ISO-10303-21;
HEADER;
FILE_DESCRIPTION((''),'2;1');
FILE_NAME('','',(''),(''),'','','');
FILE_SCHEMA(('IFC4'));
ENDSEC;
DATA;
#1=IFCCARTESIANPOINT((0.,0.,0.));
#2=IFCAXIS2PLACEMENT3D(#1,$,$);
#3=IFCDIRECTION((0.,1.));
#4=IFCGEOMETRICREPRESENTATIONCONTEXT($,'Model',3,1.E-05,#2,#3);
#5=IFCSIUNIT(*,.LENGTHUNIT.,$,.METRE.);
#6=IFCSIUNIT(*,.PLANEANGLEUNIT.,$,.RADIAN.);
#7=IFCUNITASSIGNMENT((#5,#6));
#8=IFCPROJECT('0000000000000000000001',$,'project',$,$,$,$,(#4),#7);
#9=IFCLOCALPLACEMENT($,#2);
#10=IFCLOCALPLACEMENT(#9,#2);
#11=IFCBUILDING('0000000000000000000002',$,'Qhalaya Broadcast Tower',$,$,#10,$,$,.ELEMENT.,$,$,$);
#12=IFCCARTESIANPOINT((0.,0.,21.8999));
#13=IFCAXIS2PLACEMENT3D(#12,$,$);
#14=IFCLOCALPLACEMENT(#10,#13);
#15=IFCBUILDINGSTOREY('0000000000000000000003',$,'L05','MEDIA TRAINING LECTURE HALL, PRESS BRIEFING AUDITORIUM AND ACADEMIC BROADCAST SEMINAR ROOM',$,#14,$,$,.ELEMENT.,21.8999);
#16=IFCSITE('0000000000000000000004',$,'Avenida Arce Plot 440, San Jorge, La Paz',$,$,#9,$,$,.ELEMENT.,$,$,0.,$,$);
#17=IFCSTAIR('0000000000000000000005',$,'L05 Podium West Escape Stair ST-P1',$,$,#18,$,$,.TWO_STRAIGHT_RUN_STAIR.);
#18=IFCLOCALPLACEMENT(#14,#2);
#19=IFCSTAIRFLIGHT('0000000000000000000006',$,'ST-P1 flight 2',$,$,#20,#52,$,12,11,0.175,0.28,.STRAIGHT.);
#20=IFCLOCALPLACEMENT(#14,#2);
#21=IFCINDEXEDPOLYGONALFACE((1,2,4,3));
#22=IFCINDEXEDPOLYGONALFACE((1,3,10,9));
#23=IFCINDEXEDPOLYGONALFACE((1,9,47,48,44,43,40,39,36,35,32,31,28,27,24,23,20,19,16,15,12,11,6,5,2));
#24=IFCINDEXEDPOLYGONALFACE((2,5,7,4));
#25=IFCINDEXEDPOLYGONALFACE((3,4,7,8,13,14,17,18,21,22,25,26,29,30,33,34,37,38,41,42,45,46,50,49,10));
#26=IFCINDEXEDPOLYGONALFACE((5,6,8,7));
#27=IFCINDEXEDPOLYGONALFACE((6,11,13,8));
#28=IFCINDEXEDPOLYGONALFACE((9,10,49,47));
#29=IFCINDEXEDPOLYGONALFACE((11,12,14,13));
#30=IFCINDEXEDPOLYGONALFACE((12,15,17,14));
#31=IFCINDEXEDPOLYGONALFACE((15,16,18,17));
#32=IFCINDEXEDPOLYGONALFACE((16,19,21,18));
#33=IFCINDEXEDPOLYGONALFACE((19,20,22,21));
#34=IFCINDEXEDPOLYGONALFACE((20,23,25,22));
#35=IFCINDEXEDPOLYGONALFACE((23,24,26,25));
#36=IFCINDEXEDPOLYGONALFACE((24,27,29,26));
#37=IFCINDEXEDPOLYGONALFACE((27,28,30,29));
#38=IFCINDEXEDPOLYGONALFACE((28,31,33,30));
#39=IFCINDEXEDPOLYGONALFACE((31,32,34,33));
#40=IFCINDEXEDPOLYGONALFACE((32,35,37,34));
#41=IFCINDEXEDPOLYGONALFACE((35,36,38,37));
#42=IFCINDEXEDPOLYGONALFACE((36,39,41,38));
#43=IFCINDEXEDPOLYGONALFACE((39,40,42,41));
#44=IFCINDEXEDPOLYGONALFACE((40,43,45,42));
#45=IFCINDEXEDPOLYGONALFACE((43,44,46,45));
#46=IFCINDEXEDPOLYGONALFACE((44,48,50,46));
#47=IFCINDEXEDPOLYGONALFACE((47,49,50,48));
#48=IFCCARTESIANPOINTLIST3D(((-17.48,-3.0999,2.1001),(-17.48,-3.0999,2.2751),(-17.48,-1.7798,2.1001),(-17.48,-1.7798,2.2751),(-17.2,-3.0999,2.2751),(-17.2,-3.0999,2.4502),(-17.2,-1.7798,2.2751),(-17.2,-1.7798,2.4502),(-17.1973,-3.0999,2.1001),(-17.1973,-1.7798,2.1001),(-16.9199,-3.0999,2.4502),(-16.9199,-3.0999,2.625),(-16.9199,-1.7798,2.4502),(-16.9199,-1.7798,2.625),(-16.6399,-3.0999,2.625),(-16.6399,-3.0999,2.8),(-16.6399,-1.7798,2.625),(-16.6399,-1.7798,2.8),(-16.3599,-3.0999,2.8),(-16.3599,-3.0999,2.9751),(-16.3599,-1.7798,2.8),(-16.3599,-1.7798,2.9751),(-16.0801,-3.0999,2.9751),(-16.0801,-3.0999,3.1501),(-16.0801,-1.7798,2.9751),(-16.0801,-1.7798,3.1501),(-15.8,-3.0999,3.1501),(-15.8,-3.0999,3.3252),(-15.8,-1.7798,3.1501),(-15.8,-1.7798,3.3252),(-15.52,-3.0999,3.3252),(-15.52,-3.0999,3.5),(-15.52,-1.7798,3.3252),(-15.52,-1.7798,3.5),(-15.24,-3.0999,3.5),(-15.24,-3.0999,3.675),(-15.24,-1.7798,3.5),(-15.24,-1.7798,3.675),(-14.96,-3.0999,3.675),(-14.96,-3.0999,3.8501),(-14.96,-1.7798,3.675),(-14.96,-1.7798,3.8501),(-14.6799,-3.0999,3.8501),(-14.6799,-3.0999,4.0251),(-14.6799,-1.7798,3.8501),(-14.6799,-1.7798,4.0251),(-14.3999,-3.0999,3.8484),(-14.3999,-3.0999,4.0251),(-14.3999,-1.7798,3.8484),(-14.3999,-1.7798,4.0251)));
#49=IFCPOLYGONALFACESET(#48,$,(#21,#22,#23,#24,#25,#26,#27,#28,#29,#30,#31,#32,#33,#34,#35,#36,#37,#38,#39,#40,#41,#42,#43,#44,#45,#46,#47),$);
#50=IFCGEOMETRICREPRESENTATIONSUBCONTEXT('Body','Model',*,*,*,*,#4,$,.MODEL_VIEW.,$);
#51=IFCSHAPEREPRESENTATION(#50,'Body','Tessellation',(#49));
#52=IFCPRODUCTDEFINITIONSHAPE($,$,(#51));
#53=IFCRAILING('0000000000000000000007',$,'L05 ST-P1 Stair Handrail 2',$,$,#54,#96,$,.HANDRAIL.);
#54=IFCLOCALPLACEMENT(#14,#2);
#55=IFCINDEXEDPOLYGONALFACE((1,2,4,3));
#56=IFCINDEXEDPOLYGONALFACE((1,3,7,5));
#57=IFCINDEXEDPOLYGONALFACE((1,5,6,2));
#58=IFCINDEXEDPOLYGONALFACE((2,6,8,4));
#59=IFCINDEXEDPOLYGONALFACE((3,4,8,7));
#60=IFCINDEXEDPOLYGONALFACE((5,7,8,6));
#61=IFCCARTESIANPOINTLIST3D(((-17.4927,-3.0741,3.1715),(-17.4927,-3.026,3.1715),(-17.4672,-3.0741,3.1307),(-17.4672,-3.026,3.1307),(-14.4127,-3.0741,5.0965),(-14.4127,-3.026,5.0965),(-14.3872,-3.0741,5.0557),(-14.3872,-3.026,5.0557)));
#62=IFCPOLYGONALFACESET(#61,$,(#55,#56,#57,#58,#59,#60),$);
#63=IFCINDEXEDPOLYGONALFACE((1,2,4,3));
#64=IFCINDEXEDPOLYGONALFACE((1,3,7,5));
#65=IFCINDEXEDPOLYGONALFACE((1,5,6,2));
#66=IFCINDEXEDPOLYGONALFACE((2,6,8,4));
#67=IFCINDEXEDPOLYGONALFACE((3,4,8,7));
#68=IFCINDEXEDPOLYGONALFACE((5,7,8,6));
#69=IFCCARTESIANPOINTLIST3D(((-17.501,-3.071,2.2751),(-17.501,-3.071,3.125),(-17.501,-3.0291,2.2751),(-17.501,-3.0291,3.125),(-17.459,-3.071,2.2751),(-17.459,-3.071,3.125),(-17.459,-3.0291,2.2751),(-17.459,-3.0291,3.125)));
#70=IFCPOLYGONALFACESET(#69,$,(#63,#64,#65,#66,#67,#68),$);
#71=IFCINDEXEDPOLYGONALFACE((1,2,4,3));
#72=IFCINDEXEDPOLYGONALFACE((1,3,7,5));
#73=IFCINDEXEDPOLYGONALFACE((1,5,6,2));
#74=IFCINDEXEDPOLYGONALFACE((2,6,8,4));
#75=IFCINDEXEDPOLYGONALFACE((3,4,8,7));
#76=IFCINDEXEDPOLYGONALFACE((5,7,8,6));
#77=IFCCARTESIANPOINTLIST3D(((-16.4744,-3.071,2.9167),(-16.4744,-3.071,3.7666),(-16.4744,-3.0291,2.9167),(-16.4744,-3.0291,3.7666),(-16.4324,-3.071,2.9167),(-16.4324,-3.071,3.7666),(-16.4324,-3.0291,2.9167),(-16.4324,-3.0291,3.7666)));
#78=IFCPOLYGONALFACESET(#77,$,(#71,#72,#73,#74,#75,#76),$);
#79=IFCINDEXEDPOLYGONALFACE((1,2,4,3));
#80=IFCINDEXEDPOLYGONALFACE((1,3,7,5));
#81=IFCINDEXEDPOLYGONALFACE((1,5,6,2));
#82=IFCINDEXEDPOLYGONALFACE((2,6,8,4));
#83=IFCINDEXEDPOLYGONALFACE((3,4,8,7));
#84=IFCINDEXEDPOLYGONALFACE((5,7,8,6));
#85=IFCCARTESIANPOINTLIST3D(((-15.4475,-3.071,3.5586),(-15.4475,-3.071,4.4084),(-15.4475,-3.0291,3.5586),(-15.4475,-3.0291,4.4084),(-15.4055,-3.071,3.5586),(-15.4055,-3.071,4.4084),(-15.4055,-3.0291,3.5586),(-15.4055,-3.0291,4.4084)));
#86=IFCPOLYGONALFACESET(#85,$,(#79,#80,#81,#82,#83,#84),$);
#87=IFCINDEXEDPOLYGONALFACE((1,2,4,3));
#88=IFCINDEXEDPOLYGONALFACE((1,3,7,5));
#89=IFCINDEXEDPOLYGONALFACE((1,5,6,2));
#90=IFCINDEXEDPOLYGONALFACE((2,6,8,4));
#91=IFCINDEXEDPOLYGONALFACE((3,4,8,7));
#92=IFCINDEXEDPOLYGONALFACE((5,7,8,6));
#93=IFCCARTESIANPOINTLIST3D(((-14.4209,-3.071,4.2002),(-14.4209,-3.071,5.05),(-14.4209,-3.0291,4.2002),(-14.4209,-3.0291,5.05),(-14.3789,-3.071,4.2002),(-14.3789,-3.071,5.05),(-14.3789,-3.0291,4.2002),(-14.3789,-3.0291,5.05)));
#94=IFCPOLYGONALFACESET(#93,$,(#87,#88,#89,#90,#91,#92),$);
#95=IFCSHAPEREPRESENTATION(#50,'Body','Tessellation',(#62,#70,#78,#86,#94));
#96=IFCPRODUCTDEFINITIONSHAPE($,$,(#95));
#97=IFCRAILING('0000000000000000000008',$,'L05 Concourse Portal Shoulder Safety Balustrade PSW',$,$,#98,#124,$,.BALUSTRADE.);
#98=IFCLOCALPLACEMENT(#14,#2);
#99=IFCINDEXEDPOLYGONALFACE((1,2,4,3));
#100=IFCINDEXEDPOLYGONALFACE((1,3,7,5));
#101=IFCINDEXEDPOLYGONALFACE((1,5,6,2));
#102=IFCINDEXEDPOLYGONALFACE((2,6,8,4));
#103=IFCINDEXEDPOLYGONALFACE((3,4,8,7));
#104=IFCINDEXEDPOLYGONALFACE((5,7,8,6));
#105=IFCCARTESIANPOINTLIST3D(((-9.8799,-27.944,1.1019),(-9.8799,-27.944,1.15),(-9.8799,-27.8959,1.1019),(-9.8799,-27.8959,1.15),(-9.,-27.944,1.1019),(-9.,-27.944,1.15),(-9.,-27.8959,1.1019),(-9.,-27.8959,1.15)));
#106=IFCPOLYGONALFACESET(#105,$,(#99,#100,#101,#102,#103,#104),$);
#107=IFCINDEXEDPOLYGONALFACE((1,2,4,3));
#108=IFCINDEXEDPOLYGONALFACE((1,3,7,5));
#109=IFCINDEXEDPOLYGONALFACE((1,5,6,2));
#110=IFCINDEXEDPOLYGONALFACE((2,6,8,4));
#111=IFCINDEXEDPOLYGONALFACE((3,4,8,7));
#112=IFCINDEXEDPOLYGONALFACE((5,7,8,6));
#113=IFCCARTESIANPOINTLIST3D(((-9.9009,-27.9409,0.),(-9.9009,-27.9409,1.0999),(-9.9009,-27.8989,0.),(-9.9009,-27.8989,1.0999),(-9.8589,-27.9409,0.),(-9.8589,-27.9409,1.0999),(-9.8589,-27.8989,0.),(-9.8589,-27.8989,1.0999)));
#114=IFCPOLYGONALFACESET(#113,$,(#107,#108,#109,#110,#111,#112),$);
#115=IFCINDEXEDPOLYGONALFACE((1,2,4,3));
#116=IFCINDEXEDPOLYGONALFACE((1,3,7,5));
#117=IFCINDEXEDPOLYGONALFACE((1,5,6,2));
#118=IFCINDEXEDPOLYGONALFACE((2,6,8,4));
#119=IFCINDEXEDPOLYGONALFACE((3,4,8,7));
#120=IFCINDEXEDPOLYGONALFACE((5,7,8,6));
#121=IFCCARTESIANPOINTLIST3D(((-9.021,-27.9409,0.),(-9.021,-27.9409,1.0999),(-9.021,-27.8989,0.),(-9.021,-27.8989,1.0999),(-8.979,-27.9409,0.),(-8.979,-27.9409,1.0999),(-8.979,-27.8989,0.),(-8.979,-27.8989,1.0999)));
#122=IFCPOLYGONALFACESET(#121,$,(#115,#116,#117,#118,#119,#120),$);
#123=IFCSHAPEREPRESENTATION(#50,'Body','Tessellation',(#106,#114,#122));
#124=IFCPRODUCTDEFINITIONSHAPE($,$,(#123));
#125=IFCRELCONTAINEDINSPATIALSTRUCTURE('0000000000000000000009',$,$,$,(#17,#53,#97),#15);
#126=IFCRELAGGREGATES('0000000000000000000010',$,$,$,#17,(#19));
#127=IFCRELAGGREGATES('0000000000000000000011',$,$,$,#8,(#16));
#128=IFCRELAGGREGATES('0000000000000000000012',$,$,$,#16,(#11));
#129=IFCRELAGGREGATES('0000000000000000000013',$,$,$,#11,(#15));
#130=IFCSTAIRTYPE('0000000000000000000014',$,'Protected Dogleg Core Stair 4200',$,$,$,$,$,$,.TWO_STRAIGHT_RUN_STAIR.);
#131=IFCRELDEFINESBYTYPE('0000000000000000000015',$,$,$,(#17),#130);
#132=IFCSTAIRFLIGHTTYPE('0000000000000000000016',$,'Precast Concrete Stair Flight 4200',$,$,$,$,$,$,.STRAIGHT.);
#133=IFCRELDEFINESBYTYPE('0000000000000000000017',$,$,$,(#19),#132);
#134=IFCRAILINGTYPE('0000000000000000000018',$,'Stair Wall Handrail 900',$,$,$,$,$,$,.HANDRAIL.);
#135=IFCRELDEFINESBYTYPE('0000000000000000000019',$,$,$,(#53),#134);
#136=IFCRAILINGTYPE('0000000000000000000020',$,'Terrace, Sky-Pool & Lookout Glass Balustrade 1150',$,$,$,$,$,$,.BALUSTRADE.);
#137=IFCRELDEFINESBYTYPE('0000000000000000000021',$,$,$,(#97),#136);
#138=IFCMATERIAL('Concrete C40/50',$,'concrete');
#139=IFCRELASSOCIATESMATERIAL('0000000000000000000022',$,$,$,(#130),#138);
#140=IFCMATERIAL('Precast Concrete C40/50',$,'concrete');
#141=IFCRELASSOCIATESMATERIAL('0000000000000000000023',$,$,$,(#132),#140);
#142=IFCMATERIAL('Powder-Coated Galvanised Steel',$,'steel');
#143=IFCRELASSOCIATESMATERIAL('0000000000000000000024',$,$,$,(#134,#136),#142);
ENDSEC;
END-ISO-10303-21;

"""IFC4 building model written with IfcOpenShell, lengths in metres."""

from ifc_helpers import new_model, si_unit, direction, frame, origin, origin_2d, place, context, subcontext, project, spatial, polyline, rectangle, outline, extrude, material, type_object, element, aggregate, save


model = new_model("IFC4")

# Units and contexts
model_context = context("Model", 3, precision=1e-05, world=origin(), true_north=direction((0.0, 1.0)))
body_context = subcontext(model_context, "Body", "Model", "MODEL_VIEW")
ifc_project = project(units=[si_unit("LENGTHUNIT", "METRE"), si_unit("PLANEANGLEUNIT", "RADIAN")], contexts=[model_context])

# Site, building, storey
site_placement = place(None, origin())
site = spatial("IfcSite", under=ifc_project, at=site_placement, Name="Avenida Arce Plot 440, San Jorge, La Paz", CompositionType="ELEMENT", RefElevation=0.0)
building_placement = place(site_placement, origin())
building = spatial("IfcBuilding", under=site, at=building_placement, Name="Qhalaya Broadcast Tower", CompositionType="ELEMENT")
storey_placement = place(building_placement, frame((0.0, 0.0, 21.8999)))
storey = spatial("IfcBuildingStorey", under=building, at=storey_placement, Name="L05", Description="MEDIA TRAINING LECTURE HALL, PRESS BRIEFING AUDITORIUM AND ACADEMIC BROADCAST SEMINAR ROOM", CompositionType="ELEMENT", Elevation=21.8999)

# Shared definitions
ifc_material_1 = material(Name="Precast Concrete C40/50", Category="concrete")

# Stair, stair flight
ifc_material_2 = material(Name="Concrete C40/50", Category="concrete")
stair_type = type_object("IfcStairType", Name="Protected Dogleg Core Stair 4200", PredefinedType="TWO_STRAIGHT_RUN_STAIR", material=ifc_material_2)
stair_placement = place(storey_placement, origin())
stair = element("IfcStair", 1, at=stair_placement, inside=storey, type_object=stair_type, Name="L05 Podium West Escape Stair ST-P1", PredefinedType="TWO_STRAIGHT_RUN_STAIR")
stair_flight_type = type_object("IfcStairFlightType", Name="Precast Concrete Stair Flight 4200", PredefinedType="STRAIGHT", material=ifc_material_1)
stair_flight_placement = place(storey_placement, frame((-17.48, -2.4399, 2.1001), z_axis=(0.0, 0.0, 1.0), x_axis=(1.0, 0.0, 0.0)))
stair_flight = element("IfcStairFlight", 2, at=stair_flight_placement, type_object=stair_flight_type, Name="ST-P1 flight 2", NumberOfRisers=12, NumberOfTreads=11, PredefinedType="STRAIGHT", RiserHeight=0.175, TreadLength=0.28, context=body_context, shape_type="SweptSolid", body=[
    extrude(outline(polyline([(0.0, 0.0), (0.0, 0.175), (0.28, 0.175), (0.28, 0.3501), (0.5601, 0.3501), (0.5601, 0.5249), (0.8401, 0.5249), (0.8401, 0.7), (1.1201, 0.7), (1.1201, 0.875), (1.3999, 0.875), (1.3999, 1.05), (1.6799, 1.05), (1.6799, 1.2251), (1.96, 1.2251), (1.96, 1.3999), (2.24, 1.3999), (2.24, 1.575), (2.52, 1.575), (2.52, 1.75), (2.8, 1.75), (2.8, 1.925), (3.0801, 1.925), (3.0801, 2.1001), (3.0801, 1.7483), (0.2827, 0.0), (0.0, 0.0)])), frame((0.0, 0.6602, 0.0), z_axis=(0.0, -1.0, 0.0), x_axis=(1.0, 0.0, 0.0)), (0.0, 0.0, 1.0), 1.3201),
])
aggregate(stair, [stair_flight])

# Railings
ifc_material_3 = material(Name="Powder-Coated Galvanised Steel", Category="steel")
railing_type_1 = type_object("IfcRailingType", Name="Stair Wall Handrail 900", PredefinedType="HANDRAIL", material=ifc_material_3)
railing_1_placement = place(storey_placement, frame((-17.48, -3.05, 2.2751)))
element("IfcRailing", 3, at=railing_1_placement, inside=storey, type_object=railing_type_1, Name="L05 ST-P1 Stair Handrail 2", PredefinedType="HANDRAIL", context=body_context, shape_type="SweptSolid", body=[
    extrude(rectangle(XDim=0.0481, YDim=0.0481, at=origin_2d()), frame((0.0, 0.0, 0.876), z_axis=(0.847998, 0.0, 0.529999), x_axis=(0.0, 1.0, 0.0)), (0.0, 0.0, 1.0), 3.6321),
    extrude(rectangle(XDim=0.042, YDim=0.042, at=origin_2d()), origin(), (0.0, 0.0, 1.0), 0.8499),
    extrude(rectangle(XDim=0.042, YDim=0.042, at=origin_2d()), frame((1.0266, 0.0, 0.6416)), (0.0, 0.0, 1.0), 0.8499),
    extrude(rectangle(XDim=0.042, YDim=0.042, at=origin_2d()), frame((2.0535, 0.0, 1.2834)), (0.0, 0.0, 1.0), 0.8499),
    extrude(rectangle(XDim=0.042, YDim=0.042, at=origin_2d()), frame((3.0801, 0.0, 1.925)), (0.0, 0.0, 1.0), 0.8499),
])
railing_type_2 = type_object("IfcRailingType", Name="Terrace, Sky-Pool & Lookout Glass Balustrade 1150", PredefinedType="BALUSTRADE", material=ifc_material_3)
railing_2_placement = place(storey_placement, frame((-9.8799, -27.9199, 0.0)))
element("IfcRailing", 4, at=railing_2_placement, inside=storey, type_object=railing_type_2, Name="L05 Concourse Portal Shoulder Safety Balustrade PSW", PredefinedType="BALUSTRADE", context=body_context, shape_type="SweptSolid", body=[
    extrude(rectangle(XDim=0.0481, YDim=0.0481, at=origin_2d()), frame((0.0, 0.0, 1.126), z_axis=(1.0, 0.0, 0.0), x_axis=(0.0, 1.0, 0.0)), (0.0, 0.0, 1.0), 0.8799),
    extrude(rectangle(XDim=0.042, YDim=0.042, at=origin_2d()), origin(), (0.0, 0.0, 1.0), 1.0999),
    extrude(rectangle(XDim=0.042, YDim=0.042, at=origin_2d()), frame((0.8799, 0.0, 0.0)), (0.0, 0.0, 1.0), 1.0999),
])

save(model, "model.ifc")
